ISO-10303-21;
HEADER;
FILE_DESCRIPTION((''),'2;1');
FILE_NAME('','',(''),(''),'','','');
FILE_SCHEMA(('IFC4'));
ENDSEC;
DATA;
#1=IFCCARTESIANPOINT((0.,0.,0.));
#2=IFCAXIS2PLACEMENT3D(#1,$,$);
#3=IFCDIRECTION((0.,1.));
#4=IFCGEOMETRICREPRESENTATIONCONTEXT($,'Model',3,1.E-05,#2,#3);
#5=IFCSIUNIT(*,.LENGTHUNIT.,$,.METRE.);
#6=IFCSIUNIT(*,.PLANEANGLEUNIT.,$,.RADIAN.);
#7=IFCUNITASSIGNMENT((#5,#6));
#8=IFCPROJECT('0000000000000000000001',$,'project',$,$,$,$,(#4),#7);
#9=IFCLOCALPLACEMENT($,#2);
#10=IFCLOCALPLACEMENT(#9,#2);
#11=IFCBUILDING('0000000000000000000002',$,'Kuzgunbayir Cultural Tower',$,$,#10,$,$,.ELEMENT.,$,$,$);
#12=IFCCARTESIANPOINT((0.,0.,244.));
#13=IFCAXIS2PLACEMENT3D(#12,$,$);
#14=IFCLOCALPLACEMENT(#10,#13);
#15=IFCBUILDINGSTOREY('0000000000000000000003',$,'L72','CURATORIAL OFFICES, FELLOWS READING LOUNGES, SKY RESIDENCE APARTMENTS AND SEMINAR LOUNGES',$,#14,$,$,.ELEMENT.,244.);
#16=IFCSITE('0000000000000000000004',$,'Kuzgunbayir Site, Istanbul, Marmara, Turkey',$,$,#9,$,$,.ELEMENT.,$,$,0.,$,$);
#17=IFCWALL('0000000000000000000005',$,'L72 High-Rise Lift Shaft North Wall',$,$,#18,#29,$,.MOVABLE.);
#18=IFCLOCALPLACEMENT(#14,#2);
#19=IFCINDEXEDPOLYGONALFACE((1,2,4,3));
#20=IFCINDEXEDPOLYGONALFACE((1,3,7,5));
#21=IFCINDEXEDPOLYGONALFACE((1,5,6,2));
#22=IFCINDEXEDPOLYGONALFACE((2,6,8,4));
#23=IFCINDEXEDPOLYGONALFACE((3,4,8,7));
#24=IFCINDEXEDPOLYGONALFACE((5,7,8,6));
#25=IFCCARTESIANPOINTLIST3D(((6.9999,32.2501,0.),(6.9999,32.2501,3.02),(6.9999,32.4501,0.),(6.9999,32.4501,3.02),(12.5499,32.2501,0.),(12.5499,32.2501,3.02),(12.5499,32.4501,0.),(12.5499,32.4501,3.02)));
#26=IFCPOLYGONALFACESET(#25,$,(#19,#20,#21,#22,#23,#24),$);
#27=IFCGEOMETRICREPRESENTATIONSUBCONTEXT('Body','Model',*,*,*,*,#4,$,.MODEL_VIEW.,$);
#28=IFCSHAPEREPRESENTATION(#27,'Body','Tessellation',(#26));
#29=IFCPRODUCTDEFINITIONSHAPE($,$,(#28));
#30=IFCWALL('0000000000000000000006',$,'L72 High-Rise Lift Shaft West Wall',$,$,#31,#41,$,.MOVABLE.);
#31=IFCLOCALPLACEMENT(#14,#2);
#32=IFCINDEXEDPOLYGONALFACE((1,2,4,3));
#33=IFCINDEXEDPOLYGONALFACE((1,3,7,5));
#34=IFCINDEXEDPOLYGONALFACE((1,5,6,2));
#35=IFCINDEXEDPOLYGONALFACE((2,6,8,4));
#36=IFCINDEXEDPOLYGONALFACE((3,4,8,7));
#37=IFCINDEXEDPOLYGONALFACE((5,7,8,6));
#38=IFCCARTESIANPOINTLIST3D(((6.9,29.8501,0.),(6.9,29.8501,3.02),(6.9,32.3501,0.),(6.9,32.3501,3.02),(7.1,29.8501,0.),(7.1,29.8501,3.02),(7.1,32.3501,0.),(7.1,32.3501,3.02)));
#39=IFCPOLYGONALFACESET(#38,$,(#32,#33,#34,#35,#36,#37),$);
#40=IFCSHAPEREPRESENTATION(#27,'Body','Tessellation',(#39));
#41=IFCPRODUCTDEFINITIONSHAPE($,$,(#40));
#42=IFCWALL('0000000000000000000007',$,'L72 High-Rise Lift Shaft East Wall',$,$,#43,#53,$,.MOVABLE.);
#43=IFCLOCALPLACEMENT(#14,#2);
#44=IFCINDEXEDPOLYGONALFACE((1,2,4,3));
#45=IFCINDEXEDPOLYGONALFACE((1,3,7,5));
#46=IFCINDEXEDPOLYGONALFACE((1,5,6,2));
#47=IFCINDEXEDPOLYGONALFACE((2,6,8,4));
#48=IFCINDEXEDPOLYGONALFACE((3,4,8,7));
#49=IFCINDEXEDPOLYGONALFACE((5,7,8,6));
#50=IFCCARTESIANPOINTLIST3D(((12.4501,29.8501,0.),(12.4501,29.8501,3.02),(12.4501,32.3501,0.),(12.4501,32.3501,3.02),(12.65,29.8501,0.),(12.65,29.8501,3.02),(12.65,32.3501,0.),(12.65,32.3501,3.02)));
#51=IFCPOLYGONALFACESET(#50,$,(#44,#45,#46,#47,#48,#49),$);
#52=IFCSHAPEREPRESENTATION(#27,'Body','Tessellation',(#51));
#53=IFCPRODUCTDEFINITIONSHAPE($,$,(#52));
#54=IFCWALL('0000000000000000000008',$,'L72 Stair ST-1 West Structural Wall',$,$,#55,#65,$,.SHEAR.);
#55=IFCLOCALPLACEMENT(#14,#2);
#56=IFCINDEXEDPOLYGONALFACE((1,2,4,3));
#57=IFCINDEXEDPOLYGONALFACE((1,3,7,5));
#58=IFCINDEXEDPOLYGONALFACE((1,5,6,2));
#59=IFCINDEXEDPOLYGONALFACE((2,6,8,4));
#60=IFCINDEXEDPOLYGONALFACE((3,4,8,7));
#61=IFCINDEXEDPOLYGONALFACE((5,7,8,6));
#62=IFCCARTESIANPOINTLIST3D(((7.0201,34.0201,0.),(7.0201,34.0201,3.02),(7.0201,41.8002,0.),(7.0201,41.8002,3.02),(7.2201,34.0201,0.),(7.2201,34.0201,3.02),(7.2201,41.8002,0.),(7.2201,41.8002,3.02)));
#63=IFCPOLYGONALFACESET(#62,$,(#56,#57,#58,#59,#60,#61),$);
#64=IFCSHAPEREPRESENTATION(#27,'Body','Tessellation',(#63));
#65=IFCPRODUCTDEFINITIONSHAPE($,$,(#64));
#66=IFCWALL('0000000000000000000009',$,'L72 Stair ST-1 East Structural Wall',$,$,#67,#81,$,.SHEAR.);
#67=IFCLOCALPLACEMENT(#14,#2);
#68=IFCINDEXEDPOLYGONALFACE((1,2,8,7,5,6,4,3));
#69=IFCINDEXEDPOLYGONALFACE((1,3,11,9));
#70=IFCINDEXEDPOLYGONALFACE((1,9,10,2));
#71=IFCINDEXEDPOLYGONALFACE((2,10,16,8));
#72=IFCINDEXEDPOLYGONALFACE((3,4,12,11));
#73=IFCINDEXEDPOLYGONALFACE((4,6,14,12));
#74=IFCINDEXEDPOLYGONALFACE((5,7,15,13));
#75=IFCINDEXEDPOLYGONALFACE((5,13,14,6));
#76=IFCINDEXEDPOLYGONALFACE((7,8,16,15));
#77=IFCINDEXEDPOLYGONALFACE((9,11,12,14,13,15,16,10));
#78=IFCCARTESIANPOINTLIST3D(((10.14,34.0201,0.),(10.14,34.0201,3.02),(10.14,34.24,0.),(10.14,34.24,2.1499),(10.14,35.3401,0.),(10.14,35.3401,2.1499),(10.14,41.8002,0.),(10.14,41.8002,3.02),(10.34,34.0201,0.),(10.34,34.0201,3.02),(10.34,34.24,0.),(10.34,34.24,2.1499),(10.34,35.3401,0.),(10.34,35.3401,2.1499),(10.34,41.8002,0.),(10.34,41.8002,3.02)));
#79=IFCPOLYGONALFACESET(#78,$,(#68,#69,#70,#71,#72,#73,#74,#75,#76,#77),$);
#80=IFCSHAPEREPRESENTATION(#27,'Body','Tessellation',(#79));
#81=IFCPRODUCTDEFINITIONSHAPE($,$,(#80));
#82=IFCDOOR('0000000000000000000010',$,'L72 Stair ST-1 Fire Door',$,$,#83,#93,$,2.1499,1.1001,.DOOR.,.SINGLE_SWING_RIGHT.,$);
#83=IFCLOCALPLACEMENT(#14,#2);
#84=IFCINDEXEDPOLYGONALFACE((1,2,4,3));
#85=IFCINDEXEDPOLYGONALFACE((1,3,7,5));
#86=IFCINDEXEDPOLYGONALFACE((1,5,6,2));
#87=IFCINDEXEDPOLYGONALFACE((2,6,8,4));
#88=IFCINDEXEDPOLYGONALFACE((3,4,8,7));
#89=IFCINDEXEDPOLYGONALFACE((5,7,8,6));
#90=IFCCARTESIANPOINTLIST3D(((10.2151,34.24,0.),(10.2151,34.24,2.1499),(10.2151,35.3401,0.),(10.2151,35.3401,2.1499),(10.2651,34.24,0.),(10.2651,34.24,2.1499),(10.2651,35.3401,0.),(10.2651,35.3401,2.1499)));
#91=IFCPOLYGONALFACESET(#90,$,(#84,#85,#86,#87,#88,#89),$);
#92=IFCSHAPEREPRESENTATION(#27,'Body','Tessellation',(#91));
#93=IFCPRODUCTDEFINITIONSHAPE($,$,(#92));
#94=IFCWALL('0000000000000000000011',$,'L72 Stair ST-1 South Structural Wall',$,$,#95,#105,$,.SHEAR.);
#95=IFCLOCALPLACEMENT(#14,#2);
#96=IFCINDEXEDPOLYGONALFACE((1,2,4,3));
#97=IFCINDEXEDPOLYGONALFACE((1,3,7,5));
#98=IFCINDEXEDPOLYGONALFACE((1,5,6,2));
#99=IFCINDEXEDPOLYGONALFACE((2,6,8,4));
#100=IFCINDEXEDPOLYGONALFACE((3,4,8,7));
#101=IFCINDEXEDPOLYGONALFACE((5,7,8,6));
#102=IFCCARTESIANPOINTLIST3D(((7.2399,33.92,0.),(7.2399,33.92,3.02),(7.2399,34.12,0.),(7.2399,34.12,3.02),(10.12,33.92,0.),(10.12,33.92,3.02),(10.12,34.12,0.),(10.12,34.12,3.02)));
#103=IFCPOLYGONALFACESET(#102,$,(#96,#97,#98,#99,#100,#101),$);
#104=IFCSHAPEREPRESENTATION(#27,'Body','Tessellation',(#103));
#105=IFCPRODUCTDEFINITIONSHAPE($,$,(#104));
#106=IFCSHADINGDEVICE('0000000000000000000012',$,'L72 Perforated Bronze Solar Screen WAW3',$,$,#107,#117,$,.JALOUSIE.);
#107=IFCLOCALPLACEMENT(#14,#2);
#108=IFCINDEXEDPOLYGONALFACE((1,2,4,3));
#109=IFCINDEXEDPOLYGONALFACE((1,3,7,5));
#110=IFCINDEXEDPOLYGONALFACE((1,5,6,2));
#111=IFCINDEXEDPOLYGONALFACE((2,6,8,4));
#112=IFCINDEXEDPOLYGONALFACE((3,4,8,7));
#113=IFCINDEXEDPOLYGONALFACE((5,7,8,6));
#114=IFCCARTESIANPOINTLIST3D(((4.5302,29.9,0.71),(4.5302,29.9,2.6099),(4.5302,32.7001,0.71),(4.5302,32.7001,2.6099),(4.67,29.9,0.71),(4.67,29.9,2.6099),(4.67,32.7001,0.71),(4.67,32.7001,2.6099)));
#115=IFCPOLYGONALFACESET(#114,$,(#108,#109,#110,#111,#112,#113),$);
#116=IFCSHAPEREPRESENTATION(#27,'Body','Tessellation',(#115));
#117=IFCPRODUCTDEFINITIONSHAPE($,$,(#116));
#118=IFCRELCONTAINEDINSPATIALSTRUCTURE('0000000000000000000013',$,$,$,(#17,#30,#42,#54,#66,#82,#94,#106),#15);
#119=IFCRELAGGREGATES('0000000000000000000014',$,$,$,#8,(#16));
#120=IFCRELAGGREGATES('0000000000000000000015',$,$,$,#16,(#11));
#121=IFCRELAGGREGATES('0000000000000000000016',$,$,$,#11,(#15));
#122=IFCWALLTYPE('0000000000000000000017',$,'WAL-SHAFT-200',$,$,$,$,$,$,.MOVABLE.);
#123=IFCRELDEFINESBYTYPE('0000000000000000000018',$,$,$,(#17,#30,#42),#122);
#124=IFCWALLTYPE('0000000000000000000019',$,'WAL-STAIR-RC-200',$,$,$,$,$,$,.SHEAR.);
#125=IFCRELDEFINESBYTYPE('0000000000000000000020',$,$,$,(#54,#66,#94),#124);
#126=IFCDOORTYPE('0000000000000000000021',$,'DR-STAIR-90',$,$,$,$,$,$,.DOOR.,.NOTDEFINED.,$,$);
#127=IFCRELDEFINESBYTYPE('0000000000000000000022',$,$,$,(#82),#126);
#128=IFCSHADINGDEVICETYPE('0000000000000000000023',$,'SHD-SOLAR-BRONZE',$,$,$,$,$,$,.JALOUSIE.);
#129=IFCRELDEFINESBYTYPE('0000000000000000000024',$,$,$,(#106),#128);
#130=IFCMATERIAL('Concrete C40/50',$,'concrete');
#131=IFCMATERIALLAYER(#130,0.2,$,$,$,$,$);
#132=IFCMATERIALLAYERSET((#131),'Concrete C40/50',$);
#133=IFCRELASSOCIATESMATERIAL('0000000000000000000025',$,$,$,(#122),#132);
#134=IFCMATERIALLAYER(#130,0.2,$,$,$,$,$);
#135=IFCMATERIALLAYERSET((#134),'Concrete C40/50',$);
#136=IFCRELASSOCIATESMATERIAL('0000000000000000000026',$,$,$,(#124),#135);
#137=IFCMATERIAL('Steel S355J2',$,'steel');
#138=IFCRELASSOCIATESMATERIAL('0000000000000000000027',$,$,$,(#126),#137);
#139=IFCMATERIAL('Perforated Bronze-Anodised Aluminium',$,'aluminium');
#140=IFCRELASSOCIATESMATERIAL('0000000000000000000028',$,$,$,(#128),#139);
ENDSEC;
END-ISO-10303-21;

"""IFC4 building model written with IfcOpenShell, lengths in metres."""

from ifc_helpers import new_model, si_unit, direction, frame, frame_2d, origin, origin_2d, place, context, subcontext, project, spatial, rectangle, extrude, material, layer, layer_set, type_object, element, fill, save


model = new_model("IFC4")

# Units and contexts
model_context = context("Model", 3, precision=1e-05, world=origin(), true_north=direction((0.0, 1.0)))
body_context = subcontext(model_context, "Body", "Model", "MODEL_VIEW")
ifc_project = project(units=[si_unit("LENGTHUNIT", "METRE"), si_unit("PLANEANGLEUNIT", "RADIAN")], contexts=[model_context])

# Site, building, storey
site_placement = place(None, origin())
site = spatial("IfcSite", under=ifc_project, at=site_placement, Name="Kuzgunbayir Site, Istanbul, Marmara, Turkey", CompositionType="ELEMENT", RefElevation=0.0)
building_placement = place(site_placement, origin())
building = spatial("IfcBuilding", under=site, at=building_placement, Name="Kuzgunbayir Cultural Tower", CompositionType="ELEMENT")
storey_placement = place(building_placement, frame((0.0, 0.0, 244.0)))
storey = spatial("IfcBuildingStorey", under=building, at=storey_placement, Name="L72", Description="CURATORIAL OFFICES, FELLOWS READING LOUNGES, SKY RESIDENCE APARTMENTS AND SEMINAR LOUNGES", CompositionType="ELEMENT", Elevation=244.0)

# Shared definitions
ifc_material_1 = material(Name="Steel S355J2", Category="steel")

# Shared definitions
ifc_material_2 = material(Name="Perforated Bronze-Anodised Aluminium", Category="aluminium")

# Shared definitions
ifc_material_3 = material(Name="Concrete C40/50", Category="concrete")
ifc_layer_1 = layer(ifc_material_3, 0.2)
ifc_layer_set_1 = layer_set([ifc_layer_1], Name="Concrete C40/50")
wall_type_1 = type_object("IfcWallType", Name="WAL-SHAFT-200", PredefinedType="MOVABLE", material=ifc_layer_set_1)

# Walls
wall_1_placement = place(storey_placement, frame((7.0, 32.3501, 0.0), z_axis=(0.0, 0.0, 1.0), x_axis=(1.0, 0.0, 0.0)))
element("IfcWall", 1, at=wall_1_placement, inside=storey, type_object=wall_type_1, Name="L72 High-Rise Lift Shaft North Wall", PredefinedType="MOVABLE", context=body_context, shape_type="SweptSolid", body=[
    extrude(rectangle(XDim=5.55, YDim=0.2, at=frame_2d((2.7749, 0.0))), origin(), (0.0, 0.0, 1.0), 3.02),
])
for number, where, z_axis, x_axis, name in (
    (2, (7.0, 29.8501, 0.0), (0.0, 0.0, 1.0), (0.0, 1.0, 0.0), "L72 High-Rise Lift Shaft West Wall"),
    (3, (12.55, 29.8501, 0.0), (0.0, 0.0, 1.0), (0.0, 1.0, 0.0), "L72 High-Rise Lift Shaft East Wall"),
):
    element("IfcWall", number, at=place(storey_placement, frame(where, z_axis=z_axis, x_axis=x_axis)), inside=storey, type_object=wall_type_1, Name=name, PredefinedType="MOVABLE", context=body_context, shape_type="SweptSolid", body=[
        extrude(rectangle(XDim=2.5, YDim=0.2, at=frame_2d((1.25, 0.0))), origin(), (0.0, 0.0, 1.0), 3.02),
    ])
ifc_layer_2 = layer(ifc_material_3, 0.2)
ifc_layer_set_2 = layer_set([ifc_layer_2], Name="Concrete C40/50")
wall_type_2 = type_object("IfcWallType", Name="WAL-STAIR-RC-200", PredefinedType="SHEAR", material=ifc_layer_set_2)
wall_2_placement = place(storey_placement, frame((7.1201, 34.02, 0.0), z_axis=(0.0, 0.0, 1.0), x_axis=(0.0, 1.0, 0.0)))
element("IfcWall", 4, at=wall_2_placement, inside=storey, type_object=wall_type_2, Name="L72 Stair ST-1 West Structural Wall", PredefinedType="SHEAR", context=body_context, shape_type="SweptSolid", body=[
    extrude(rectangle(XDim=7.78, YDim=0.2, at=frame_2d((3.8901, 0.0))), origin(), (0.0, 0.0, 1.0), 3.02),
])

# Wall, opening, door
wall_3_placement = place(storey_placement, frame((10.24, 34.02, 0.0), z_axis=(0.0, 0.0, 1.0), x_axis=(0.0, 1.0, 0.0)))
wall_3 = element("IfcWall", 5, at=wall_3_placement, inside=storey, type_object=wall_type_2, Name="L72 Stair ST-1 East Structural Wall", PredefinedType="SHEAR", context=body_context, shape_type="SweptSolid", body=[
    extrude(rectangle(XDim=7.78, YDim=0.2, at=frame_2d((3.8901, 0.0))), origin(), (0.0, 0.0, 1.0), 3.02),
])
opening_1_placement = place(wall_3_placement, frame((0.22, 0.0, 0.0)))
opening_1 = element("IfcOpeningElement", 6, at=opening_1_placement, cuts=wall_3, PredefinedType="OPENING", context=body_context, shape_type="SweptSolid", body=[
    extrude(rectangle(XDim=1.1001, YDim=2.1499, at=frame_2d((0.55, 1.075))), frame((0.0, 0.1099, 0.0), z_axis=(0.0, -1.0, 0.0), x_axis=(1.0, 0.0, 0.0)), (0.0, 0.0, 1.0), 0.22),
])
door_type_1 = type_object("IfcDoorType", Name="DR-STAIR-90", OperationType="NOTDEFINED", PredefinedType="DOOR", material=ifc_material_1)
door_1_placement = place(opening_1_placement, origin())
door_1 = element("IfcDoor", 7, at=door_1_placement, inside=storey, type_object=door_type_1, Name="L72 Stair ST-1 Fire Door", OperationType="SINGLE_SWING_RIGHT", OverallHeight=2.1499, OverallWidth=1.1001, PredefinedType="DOOR", context=body_context, shape_type="SweptSolid", body=[
    extrude(rectangle(XDim=1.1001, YDim=2.1499, at=frame_2d((0.55, 1.075))), frame((0.0, 0.0249, 0.0), z_axis=(0.0, -1.0, 0.0), x_axis=(1.0, 0.0, 0.0)), (0.0, 0.0, 1.0), 0.05),
])
fill(opening_1, door_1)

# Wall
wall_4_placement = place(storey_placement, frame((7.24, 34.02, 0.0), z_axis=(0.0, 0.0, 1.0), x_axis=(1.0, 0.0, 0.0)))
element("IfcWall", 8, at=wall_4_placement, inside=storey, type_object=wall_type_2, Name="L72 Stair ST-1 South Structural Wall", PredefinedType="SHEAR", context=body_context, shape_type="SweptSolid", body=[
    extrude(rectangle(XDim=2.8801, YDim=0.2, at=frame_2d((1.4399, 0.0))), origin(), (0.0, 0.0, 1.0), 3.02),
])

# Shading device
shading_device_type = type_object("IfcShadingDeviceType", Name="SHD-SOLAR-BRONZE", PredefinedType="JALOUSIE", material=ifc_material_2)
shading_device_placement = place(storey_placement, frame((4.6001, 31.3, 0.71), z_axis=(0.0, 0.0, 1.0), x_axis=(1.0, 0.0, 0.0)))
element("IfcShadingDevice", 9, at=shading_device_placement, inside=storey, type_object=shading_device_type, Name="L72 Perforated Bronze Solar Screen WAW3", PredefinedType="JALOUSIE", context=body_context, shape_type="SweptSolid", body=[
    extrude(rectangle(XDim=0.1399, YDim=2.8, at=origin_2d()), origin(), (0.0, 0.0, 1.0), 1.8999),
])

save(model, "model.ifc")
